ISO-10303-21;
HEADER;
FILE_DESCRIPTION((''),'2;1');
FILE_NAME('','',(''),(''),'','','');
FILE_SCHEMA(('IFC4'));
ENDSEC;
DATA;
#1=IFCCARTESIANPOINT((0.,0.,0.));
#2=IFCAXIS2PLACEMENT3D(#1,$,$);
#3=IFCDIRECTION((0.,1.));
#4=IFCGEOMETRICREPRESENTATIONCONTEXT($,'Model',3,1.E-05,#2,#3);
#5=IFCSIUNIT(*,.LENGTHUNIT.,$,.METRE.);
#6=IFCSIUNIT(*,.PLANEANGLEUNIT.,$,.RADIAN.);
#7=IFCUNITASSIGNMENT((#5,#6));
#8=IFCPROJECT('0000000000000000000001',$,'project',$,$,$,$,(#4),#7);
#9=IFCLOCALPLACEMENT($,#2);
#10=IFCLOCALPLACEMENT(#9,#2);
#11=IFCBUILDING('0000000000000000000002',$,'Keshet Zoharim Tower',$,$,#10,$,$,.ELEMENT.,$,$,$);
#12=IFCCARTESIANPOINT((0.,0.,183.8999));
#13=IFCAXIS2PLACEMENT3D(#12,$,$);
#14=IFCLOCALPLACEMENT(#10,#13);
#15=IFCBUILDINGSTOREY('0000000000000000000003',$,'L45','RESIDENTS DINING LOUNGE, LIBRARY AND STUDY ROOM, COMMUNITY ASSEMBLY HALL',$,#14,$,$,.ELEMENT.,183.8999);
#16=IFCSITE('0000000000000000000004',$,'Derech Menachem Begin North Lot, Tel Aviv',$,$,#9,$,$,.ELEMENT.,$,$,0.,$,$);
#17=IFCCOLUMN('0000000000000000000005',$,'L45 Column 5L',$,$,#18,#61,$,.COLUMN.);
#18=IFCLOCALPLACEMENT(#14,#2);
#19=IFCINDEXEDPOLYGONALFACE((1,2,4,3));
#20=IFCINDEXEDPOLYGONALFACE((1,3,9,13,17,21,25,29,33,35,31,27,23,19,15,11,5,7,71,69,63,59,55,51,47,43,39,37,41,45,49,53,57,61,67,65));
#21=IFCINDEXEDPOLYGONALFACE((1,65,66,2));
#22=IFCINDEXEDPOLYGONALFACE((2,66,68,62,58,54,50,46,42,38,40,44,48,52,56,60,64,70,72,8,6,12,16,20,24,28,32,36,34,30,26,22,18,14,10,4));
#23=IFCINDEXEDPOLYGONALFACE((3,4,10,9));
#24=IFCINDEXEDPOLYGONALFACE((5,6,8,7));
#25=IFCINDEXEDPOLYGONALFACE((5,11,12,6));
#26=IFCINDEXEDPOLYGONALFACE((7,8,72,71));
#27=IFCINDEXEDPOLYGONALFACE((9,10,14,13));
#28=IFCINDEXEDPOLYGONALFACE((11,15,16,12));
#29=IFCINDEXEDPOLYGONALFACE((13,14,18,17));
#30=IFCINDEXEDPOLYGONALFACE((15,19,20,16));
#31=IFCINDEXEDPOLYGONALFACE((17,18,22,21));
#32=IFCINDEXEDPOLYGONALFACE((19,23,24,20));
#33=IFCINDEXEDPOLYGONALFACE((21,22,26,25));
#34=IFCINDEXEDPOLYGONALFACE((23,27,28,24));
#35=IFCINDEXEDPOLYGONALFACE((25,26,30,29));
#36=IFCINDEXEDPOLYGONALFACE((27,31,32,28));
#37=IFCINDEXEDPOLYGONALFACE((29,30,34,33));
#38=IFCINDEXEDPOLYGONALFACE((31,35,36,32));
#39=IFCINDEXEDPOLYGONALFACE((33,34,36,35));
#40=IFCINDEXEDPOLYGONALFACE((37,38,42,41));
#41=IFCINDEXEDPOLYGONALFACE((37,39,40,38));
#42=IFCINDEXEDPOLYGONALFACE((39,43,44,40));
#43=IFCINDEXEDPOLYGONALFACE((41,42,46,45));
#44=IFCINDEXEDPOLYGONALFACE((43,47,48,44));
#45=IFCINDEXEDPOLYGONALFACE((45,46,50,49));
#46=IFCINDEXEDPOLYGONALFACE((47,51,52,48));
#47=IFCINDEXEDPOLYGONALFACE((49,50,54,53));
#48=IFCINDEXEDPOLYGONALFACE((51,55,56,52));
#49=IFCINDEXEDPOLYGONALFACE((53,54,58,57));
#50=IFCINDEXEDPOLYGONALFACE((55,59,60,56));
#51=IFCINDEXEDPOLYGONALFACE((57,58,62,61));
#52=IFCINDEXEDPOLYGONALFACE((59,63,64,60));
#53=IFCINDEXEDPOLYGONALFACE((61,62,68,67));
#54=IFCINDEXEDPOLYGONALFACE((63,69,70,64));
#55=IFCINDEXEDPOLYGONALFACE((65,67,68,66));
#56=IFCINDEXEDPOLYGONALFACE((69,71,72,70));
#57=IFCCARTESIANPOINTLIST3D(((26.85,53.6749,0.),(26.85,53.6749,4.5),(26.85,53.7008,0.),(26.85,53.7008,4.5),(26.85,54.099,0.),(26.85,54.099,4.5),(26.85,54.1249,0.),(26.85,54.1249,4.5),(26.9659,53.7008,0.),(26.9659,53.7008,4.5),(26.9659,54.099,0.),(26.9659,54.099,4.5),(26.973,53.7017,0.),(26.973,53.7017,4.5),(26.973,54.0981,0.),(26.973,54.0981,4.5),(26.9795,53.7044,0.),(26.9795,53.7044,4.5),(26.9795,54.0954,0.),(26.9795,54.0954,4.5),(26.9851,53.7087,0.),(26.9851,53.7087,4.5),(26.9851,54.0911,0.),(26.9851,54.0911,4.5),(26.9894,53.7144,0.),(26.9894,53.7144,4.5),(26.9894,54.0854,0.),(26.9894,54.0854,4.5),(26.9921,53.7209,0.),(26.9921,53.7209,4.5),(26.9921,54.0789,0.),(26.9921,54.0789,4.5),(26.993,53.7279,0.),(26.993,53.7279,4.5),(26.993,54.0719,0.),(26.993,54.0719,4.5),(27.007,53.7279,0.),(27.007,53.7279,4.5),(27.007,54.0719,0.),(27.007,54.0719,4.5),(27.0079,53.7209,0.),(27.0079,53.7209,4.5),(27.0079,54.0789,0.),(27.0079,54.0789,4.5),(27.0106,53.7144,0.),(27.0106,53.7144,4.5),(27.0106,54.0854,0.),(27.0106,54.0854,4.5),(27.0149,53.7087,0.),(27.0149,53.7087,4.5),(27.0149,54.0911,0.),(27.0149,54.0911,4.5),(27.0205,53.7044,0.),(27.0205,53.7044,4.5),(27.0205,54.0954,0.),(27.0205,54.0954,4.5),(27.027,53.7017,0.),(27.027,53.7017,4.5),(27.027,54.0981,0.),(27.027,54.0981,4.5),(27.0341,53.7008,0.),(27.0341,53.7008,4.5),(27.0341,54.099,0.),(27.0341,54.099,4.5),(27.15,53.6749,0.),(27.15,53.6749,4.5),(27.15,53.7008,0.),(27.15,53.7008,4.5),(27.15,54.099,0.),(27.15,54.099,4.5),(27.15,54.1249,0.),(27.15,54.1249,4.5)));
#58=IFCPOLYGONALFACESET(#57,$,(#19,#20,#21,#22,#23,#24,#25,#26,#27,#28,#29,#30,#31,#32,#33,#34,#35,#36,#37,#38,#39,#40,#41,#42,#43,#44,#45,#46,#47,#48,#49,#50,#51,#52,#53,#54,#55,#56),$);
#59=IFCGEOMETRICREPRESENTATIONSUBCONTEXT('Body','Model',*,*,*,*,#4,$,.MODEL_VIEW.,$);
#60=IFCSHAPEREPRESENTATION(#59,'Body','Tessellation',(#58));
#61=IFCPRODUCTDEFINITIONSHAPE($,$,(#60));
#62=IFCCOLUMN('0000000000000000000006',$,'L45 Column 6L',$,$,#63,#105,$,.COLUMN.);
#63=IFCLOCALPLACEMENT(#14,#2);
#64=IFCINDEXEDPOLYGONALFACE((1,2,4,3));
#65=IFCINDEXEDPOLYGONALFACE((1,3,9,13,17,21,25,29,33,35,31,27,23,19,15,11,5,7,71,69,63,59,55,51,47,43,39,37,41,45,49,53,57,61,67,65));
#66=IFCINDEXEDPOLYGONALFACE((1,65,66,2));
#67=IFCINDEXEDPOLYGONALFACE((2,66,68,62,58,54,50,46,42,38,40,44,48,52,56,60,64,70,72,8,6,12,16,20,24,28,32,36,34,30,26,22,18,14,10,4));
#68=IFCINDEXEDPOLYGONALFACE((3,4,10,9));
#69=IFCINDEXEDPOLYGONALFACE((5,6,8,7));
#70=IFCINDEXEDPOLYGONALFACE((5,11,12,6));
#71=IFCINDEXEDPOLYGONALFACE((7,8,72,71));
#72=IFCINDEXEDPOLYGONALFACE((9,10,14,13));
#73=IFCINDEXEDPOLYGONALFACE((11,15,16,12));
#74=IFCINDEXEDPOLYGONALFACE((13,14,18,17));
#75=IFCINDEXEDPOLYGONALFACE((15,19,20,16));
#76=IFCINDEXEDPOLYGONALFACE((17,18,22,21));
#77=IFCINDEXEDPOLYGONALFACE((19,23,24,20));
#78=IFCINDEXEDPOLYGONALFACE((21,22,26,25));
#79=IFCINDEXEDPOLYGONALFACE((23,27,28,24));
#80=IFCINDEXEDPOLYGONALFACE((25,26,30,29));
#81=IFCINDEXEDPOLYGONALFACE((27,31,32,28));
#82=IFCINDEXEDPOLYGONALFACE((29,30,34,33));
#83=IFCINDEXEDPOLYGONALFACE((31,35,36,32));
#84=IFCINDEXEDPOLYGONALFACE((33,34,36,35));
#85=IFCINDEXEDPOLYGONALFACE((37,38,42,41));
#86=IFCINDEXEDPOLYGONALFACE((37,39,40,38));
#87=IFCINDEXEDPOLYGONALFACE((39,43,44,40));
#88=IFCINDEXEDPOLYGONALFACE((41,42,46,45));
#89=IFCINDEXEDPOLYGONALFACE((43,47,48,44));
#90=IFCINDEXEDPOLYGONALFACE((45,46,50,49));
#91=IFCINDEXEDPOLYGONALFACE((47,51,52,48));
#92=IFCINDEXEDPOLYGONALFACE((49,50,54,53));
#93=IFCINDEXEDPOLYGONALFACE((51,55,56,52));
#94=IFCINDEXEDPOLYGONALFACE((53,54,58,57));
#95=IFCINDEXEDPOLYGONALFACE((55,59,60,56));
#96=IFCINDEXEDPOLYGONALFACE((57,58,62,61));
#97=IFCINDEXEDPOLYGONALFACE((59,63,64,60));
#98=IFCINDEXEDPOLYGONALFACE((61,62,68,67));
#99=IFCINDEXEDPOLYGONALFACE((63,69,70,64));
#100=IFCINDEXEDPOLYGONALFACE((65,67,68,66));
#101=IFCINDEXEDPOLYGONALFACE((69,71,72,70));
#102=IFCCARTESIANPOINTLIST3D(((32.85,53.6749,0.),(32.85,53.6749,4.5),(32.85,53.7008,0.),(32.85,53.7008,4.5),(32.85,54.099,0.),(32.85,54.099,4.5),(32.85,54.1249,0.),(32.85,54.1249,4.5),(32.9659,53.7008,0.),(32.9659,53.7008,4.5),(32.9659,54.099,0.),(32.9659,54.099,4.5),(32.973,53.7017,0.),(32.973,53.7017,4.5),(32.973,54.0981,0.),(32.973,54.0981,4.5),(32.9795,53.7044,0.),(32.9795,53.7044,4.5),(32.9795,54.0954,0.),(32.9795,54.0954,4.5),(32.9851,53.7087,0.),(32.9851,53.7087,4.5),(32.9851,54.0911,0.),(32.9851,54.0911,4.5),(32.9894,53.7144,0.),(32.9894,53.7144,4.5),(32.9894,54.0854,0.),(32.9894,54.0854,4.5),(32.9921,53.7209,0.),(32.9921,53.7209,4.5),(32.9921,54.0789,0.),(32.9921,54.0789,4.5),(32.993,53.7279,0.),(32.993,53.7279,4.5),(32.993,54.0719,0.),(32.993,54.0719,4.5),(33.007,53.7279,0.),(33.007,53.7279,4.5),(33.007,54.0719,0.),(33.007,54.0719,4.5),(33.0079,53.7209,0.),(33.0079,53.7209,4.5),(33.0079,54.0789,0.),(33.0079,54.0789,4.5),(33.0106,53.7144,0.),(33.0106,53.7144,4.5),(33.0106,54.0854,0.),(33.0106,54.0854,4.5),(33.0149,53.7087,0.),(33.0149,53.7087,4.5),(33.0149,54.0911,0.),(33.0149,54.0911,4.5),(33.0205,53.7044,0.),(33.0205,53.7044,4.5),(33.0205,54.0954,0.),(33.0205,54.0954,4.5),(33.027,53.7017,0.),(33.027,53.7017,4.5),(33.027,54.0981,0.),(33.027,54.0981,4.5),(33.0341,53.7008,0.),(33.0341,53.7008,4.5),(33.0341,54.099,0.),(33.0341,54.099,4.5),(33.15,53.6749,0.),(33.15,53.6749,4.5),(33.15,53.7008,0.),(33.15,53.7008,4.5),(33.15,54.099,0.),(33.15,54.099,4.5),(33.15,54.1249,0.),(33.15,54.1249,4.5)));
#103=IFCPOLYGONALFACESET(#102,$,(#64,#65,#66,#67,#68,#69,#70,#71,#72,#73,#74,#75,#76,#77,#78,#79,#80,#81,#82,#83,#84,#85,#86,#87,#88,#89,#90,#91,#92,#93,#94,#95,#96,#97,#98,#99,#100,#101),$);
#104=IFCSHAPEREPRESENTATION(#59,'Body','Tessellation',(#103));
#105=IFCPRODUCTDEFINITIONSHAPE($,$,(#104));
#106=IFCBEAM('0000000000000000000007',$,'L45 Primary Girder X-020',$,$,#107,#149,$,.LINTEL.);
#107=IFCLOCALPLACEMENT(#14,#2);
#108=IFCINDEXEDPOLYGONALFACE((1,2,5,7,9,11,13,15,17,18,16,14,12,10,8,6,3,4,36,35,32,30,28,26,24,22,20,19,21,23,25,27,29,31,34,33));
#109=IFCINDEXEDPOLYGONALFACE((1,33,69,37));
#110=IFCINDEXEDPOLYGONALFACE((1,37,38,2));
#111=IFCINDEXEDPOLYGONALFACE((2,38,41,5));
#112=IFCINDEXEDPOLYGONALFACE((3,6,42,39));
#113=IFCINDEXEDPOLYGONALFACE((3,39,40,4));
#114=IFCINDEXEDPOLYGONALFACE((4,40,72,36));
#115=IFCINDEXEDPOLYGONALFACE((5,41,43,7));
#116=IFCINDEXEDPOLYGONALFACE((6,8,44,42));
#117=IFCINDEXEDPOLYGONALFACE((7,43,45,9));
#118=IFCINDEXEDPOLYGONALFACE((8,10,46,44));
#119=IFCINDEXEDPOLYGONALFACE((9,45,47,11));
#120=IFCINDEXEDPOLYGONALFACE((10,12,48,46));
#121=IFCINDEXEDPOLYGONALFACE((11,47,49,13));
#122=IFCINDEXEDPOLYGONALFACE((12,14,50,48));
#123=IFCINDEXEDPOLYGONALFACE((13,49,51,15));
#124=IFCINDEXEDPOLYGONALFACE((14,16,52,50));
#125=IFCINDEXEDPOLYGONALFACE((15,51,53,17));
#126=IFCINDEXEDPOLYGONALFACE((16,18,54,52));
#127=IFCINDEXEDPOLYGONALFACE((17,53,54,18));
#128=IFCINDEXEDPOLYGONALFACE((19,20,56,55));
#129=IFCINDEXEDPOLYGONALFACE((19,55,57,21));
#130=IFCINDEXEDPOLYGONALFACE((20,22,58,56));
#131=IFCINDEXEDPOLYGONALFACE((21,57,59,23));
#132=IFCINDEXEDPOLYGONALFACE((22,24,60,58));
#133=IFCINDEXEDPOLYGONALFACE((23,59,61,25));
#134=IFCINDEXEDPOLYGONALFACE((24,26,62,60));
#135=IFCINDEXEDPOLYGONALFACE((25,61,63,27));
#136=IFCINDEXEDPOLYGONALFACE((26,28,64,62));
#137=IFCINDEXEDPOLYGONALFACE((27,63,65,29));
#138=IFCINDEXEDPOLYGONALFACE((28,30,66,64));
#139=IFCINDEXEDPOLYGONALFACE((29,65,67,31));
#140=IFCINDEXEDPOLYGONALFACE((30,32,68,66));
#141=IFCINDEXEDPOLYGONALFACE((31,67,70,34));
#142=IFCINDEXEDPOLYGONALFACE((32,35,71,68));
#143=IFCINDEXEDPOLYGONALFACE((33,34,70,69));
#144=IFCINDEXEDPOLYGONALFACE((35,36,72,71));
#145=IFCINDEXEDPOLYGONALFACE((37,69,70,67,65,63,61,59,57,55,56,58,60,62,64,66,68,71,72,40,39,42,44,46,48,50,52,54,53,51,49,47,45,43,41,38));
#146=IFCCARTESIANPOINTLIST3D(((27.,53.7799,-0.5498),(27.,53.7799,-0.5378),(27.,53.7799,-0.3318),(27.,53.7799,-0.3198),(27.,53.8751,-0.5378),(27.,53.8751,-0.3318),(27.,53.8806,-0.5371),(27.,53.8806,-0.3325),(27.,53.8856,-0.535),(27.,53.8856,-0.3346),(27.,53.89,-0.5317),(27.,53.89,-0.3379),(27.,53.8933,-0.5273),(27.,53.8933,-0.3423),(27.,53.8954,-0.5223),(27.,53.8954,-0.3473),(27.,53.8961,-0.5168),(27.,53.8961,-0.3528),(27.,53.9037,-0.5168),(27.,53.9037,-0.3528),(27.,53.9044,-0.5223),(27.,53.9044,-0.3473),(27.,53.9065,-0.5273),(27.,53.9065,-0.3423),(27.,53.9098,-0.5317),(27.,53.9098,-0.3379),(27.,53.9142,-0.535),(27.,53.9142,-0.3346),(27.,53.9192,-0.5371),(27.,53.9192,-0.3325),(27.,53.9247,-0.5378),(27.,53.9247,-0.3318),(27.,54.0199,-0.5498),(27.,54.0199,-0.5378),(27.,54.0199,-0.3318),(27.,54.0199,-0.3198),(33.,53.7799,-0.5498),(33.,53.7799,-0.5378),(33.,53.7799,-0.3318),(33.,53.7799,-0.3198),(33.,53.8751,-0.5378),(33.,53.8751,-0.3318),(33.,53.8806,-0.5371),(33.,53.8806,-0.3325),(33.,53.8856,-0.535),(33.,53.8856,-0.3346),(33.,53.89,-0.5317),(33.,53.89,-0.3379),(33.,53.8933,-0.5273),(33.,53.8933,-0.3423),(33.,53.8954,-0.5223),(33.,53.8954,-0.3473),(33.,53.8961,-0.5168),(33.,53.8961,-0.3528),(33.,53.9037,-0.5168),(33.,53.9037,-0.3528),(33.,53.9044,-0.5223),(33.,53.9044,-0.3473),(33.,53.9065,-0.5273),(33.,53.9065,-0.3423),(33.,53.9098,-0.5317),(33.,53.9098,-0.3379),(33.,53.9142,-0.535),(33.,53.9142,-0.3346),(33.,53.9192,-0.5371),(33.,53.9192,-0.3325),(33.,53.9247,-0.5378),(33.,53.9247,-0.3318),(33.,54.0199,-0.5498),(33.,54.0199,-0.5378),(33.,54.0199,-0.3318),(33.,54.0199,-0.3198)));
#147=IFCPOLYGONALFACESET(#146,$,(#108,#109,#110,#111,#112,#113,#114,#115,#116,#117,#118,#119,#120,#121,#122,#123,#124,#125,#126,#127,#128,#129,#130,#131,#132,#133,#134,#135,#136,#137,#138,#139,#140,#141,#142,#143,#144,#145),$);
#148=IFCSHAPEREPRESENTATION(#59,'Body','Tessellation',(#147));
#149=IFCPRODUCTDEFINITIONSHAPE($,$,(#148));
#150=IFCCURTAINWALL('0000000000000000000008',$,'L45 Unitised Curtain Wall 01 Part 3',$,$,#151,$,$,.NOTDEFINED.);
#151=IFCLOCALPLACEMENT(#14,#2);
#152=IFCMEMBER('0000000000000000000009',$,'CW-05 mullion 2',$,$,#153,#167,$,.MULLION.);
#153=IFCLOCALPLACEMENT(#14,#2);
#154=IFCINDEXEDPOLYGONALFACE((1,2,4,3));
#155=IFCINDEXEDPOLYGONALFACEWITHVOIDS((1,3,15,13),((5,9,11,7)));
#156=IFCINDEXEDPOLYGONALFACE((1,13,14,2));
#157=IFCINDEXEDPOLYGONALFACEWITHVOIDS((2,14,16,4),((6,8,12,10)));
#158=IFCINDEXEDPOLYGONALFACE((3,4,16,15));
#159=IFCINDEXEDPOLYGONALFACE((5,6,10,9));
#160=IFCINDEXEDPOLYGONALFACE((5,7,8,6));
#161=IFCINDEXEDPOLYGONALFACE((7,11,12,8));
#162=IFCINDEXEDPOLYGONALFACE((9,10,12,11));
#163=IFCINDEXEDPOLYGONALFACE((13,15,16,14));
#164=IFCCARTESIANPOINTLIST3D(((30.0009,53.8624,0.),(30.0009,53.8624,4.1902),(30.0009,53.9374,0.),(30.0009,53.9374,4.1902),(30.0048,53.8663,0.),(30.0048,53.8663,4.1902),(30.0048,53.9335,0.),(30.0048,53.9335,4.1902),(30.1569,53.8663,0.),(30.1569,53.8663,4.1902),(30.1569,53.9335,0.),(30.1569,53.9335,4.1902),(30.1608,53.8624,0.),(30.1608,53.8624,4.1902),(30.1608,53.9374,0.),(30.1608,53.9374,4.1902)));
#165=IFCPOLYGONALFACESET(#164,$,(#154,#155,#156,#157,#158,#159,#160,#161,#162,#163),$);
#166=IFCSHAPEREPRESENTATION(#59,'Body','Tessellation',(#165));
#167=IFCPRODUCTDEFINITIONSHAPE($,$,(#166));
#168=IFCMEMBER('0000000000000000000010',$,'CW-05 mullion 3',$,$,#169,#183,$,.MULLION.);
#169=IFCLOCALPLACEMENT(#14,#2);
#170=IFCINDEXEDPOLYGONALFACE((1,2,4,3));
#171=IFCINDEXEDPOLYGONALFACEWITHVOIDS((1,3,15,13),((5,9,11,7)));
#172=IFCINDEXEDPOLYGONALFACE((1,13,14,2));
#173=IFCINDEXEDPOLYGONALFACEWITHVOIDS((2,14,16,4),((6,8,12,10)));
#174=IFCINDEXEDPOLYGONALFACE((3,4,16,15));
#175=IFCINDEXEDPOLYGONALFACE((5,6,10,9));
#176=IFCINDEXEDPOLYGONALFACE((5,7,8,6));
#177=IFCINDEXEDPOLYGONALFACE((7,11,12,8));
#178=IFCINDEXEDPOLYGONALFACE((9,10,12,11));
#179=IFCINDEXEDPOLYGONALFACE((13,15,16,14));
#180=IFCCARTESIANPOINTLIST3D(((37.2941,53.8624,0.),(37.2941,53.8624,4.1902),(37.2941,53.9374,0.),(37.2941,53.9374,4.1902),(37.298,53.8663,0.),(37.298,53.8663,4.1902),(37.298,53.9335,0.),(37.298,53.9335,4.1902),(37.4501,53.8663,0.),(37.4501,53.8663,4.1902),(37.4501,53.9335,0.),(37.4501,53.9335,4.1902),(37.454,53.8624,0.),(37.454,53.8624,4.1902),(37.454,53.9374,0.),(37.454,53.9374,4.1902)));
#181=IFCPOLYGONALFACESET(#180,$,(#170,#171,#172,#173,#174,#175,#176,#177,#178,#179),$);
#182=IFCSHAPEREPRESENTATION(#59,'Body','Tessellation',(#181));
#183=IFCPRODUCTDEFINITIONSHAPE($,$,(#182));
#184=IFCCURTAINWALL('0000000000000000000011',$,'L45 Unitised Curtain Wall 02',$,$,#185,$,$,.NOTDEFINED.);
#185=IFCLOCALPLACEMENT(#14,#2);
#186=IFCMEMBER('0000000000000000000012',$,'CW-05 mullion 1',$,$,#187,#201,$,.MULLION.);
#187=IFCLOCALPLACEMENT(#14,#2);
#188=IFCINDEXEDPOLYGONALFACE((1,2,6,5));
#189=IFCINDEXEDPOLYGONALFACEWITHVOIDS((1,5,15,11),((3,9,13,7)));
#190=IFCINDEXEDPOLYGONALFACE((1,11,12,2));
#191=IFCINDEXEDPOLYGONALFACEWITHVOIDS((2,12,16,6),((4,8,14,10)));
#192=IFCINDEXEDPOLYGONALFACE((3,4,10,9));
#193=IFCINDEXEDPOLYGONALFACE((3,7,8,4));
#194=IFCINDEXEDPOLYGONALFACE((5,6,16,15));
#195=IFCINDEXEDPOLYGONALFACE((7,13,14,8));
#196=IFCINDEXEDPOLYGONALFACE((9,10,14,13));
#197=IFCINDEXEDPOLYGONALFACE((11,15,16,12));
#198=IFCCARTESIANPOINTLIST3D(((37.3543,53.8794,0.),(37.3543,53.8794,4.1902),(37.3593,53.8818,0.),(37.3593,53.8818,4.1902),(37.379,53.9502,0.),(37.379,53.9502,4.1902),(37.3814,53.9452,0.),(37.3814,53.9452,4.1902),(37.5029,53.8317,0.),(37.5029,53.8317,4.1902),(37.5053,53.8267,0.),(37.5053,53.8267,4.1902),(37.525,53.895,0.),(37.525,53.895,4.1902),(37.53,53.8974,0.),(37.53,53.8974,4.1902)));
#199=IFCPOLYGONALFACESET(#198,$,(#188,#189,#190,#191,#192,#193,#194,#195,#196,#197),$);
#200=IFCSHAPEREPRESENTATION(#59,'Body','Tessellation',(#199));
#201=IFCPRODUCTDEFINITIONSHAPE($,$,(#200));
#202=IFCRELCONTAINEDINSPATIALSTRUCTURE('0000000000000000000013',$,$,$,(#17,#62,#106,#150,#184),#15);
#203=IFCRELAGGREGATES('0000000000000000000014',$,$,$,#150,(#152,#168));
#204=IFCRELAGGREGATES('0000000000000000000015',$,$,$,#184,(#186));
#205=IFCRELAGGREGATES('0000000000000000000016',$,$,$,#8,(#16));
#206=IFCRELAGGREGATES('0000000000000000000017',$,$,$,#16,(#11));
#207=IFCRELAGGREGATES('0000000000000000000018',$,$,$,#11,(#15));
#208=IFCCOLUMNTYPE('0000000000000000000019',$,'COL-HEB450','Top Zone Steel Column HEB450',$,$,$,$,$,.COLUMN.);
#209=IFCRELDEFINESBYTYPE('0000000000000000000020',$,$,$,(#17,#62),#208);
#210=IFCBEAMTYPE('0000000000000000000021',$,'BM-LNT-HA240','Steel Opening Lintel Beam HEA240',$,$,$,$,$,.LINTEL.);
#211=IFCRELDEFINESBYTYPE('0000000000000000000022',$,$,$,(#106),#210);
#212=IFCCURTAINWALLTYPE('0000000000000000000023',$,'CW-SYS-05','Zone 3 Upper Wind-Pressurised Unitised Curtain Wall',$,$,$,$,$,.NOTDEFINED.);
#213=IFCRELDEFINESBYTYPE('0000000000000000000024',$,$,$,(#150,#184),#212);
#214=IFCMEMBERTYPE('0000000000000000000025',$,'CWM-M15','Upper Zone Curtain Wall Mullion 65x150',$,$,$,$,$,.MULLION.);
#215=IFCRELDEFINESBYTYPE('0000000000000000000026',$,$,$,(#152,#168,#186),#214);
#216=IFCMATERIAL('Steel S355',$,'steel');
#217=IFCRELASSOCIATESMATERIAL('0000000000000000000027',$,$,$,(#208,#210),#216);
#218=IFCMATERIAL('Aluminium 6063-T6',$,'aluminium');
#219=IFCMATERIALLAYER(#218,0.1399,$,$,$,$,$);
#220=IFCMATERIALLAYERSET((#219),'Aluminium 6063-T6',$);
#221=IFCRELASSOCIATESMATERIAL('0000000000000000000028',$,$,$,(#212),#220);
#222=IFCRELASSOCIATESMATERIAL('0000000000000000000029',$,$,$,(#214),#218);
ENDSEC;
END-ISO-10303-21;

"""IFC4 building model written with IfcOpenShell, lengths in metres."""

from ifc_helpers import new_model, si_unit, direction, frame, origin, origin_2d, place, context, subcontext, project, spatial, hollow_rectangle, i_section, extrude, material, layer, layer_set, material_profile, profile_set, type_object, element, aggregate, save


model = new_model("IFC4")

# Units and contexts
model_context = context("Model", 3, precision=1e-05, world=origin(), true_north=direction((0.0, 1.0)))
body_context = subcontext(model_context, "Body", "Model", "MODEL_VIEW")
ifc_project = project(units=[si_unit("LENGTHUNIT", "METRE"), si_unit("PLANEANGLEUNIT", "RADIAN")], contexts=[model_context])

# Site, building, storey
site_placement = place(None, origin())
site = spatial("IfcSite", under=ifc_project, at=site_placement, Name="Derech Menachem Begin North Lot, Tel Aviv", CompositionType="ELEMENT", RefElevation=0.0)
building_placement = place(site_placement, origin())
building = spatial("IfcBuilding", under=site, at=building_placement, Name="Keshet Zoharim Tower", CompositionType="ELEMENT")
storey_placement = place(building_placement, frame((0.0, 0.0, 183.8999)))
storey = spatial("IfcBuildingStorey", under=building, at=storey_placement, Name="L45", Description="RESIDENTS DINING LOUNGE, LIBRARY AND STUDY ROOM, COMMUNITY ASSEMBLY HALL", CompositionType="ELEMENT", Elevation=183.8999)

# Columns
ifc_material_1 = material(Name="Steel S355", Category="steel")
ifc_material_profile_1 = material_profile(ifc_material_1, i_section(OverallWidth=0.3, OverallDepth=0.45, WebThickness=0.0139, FlangeThickness=0.0259, FilletRadius=0.0271, at=origin_2d()), Name="HEB450")
ifc_profile_set_1 = profile_set([ifc_material_profile_1], Name="Steel S355")
column_type = type_object("IfcColumnType", Name="COL-HEB450", Description="Top Zone Steel Column HEB450", PredefinedType="COLUMN", material=ifc_profile_set_1)
for number, where, z_axis, x_axis, name in (
    (1, (27.0, 53.8999, 0.0), (0.0, 0.0, 1.0), (1.0, 0.0, 0.0), "L45 Column 5L"),
    (2, (33.0, 53.8999, 0.0), (0.0, 0.0, 1.0), (1.0, 0.0, 0.0), "L45 Column 6L"),
):
    element("IfcColumn", number, at=place(storey_placement, frame(where, z_axis=z_axis, x_axis=x_axis)), inside=storey, type_object=column_type, Name=name, PredefinedType="COLUMN", context=body_context, shape_type="SweptSolid", body=[
        extrude(i_section(OverallWidth=0.3, OverallDepth=0.45, WebThickness=0.0139, FlangeThickness=0.0259, FilletRadius=0.0271, at=origin_2d()), origin(), (0.0, 0.0, 1.0), 4.5),
    ])

# Beam
ifc_material_profile_2 = material_profile(ifc_material_1, i_section(OverallWidth=0.24, OverallDepth=0.23, WebThickness=0.0076, FlangeThickness=0.012, FilletRadius=0.021, at=origin_2d()), Name="HEA240")
ifc_profile_set_2 = profile_set([ifc_material_profile_2], Name="Steel S355")
beam_type = type_object("IfcBeamType", Name="BM-LNT-HA240", Description="Steel Opening Lintel Beam HEA240", PredefinedType="LINTEL", material=ifc_profile_set_2)
beam_placement = place(storey_placement, frame((27.0, 53.8999, -0.4348), z_axis=(1.0, 0.0, 0.0), x_axis=(0.0, 1.0, 0.0)))
element("IfcBeam", 3, at=beam_placement, inside=storey, type_object=beam_type, Name="L45 Primary Girder X-020", PredefinedType="LINTEL", context=body_context, shape_type="SweptSolid", body=[
    extrude(i_section(OverallWidth=0.24, OverallDepth=0.23, WebThickness=0.0076, FlangeThickness=0.012, FilletRadius=0.021, at=origin_2d()), origin(), (0.0, 0.0, 1.0), 6.0),
])

# Curtain walls, members
ifc_material_2 = material(Name="Aluminium 6063-T6", Category="aluminium")
ifc_layer_1 = layer(ifc_material_2, 0.1399)
ifc_layer_set_1 = layer_set([ifc_layer_1], Name="Aluminium 6063-T6")
curtain_wall_type = type_object("IfcCurtainWallType", Name="CW-SYS-05", Description="Zone 3 Upper Wind-Pressurised Unitised Curtain Wall", PredefinedType="NOTDEFINED", material=ifc_layer_set_1)
curtain_wall_1_placement = place(storey_placement, origin())
curtain_wall_1 = element("IfcCurtainWall", 4, at=curtain_wall_1_placement, inside=storey, type_object=curtain_wall_type, Name="L45 Unitised Curtain Wall 01 Part 3", PredefinedType="NOTDEFINED")
ifc_material_profile_3 = material_profile(ifc_material_2, hollow_rectangle(XDim=0.075, YDim=0.1599, WallThickness=0.0039, at=origin_2d()), Name="MUL-75x160")
ifc_profile_set_3 = profile_set([ifc_material_profile_3], Name="Aluminium 6063-T6")
member_type_1 = type_object("IfcMemberType", Name="CWM-M15", Description="Upper Zone Curtain Wall Mullion 65x150", PredefinedType="MULLION", material=ifc_profile_set_3)
member_1_placement = place(storey_placement, frame((30.0808, 53.8999, 0.0), z_axis=(0.0, 0.0, 1.0), x_axis=(0.0, 1.0, 0.0)))
member_1 = element("IfcMember", 5, at=member_1_placement, type_object=member_type_1, Name="CW-05 mullion 2", PredefinedType="MULLION", context=body_context, shape_type="SweptSolid", body=[
    extrude(hollow_rectangle(XDim=0.075, YDim=0.1599, WallThickness=0.0039, at=origin_2d()), origin(), (0.0, 0.0, 1.0), 4.1902),
])
member_2_placement = place(storey_placement, frame((37.374, 53.8999, 0.0), z_axis=(0.0, 0.0, 1.0), x_axis=(0.0, 1.0, 0.0)))
member_2 = element("IfcMember", 6, at=member_2_placement, type_object=member_type_1, Name="CW-05 mullion 3", PredefinedType="MULLION", context=body_context, shape_type="SweptSolid", body=[
    extrude(hollow_rectangle(XDim=0.075, YDim=0.1599, WallThickness=0.0039, at=origin_2d()), origin(), (0.0, 0.0, 1.0), 4.1902),
])
curtain_wall_2_placement = place(storey_placement, origin())
curtain_wall_2 = element("IfcCurtainWall", 7, at=curtain_wall_2_placement, inside=storey, type_object=curtain_wall_type, Name="L45 Unitised Curtain Wall 02", PredefinedType="NOTDEFINED")
member_3_placement = place(storey_placement, frame((37.4421, 53.8884, 0.0), z_axis=(0.0, 0.0, 1.0), x_axis=(0.329844, 0.944036, 0.0)))
member_3 = element("IfcMember", 8, at=member_3_placement, type_object=member_type_1, Name="CW-05 mullion 1", PredefinedType="MULLION", context=body_context, shape_type="SweptSolid", body=[
    extrude(hollow_rectangle(XDim=0.075, YDim=0.1599, WallThickness=0.0039, at=origin_2d()), origin(), (0.0, 0.0, 1.0), 4.1902),
])

aggregate(curtain_wall_1, [member_1, member_2])
aggregate(curtain_wall_2, [member_3])

save(model, "model.ifc")
